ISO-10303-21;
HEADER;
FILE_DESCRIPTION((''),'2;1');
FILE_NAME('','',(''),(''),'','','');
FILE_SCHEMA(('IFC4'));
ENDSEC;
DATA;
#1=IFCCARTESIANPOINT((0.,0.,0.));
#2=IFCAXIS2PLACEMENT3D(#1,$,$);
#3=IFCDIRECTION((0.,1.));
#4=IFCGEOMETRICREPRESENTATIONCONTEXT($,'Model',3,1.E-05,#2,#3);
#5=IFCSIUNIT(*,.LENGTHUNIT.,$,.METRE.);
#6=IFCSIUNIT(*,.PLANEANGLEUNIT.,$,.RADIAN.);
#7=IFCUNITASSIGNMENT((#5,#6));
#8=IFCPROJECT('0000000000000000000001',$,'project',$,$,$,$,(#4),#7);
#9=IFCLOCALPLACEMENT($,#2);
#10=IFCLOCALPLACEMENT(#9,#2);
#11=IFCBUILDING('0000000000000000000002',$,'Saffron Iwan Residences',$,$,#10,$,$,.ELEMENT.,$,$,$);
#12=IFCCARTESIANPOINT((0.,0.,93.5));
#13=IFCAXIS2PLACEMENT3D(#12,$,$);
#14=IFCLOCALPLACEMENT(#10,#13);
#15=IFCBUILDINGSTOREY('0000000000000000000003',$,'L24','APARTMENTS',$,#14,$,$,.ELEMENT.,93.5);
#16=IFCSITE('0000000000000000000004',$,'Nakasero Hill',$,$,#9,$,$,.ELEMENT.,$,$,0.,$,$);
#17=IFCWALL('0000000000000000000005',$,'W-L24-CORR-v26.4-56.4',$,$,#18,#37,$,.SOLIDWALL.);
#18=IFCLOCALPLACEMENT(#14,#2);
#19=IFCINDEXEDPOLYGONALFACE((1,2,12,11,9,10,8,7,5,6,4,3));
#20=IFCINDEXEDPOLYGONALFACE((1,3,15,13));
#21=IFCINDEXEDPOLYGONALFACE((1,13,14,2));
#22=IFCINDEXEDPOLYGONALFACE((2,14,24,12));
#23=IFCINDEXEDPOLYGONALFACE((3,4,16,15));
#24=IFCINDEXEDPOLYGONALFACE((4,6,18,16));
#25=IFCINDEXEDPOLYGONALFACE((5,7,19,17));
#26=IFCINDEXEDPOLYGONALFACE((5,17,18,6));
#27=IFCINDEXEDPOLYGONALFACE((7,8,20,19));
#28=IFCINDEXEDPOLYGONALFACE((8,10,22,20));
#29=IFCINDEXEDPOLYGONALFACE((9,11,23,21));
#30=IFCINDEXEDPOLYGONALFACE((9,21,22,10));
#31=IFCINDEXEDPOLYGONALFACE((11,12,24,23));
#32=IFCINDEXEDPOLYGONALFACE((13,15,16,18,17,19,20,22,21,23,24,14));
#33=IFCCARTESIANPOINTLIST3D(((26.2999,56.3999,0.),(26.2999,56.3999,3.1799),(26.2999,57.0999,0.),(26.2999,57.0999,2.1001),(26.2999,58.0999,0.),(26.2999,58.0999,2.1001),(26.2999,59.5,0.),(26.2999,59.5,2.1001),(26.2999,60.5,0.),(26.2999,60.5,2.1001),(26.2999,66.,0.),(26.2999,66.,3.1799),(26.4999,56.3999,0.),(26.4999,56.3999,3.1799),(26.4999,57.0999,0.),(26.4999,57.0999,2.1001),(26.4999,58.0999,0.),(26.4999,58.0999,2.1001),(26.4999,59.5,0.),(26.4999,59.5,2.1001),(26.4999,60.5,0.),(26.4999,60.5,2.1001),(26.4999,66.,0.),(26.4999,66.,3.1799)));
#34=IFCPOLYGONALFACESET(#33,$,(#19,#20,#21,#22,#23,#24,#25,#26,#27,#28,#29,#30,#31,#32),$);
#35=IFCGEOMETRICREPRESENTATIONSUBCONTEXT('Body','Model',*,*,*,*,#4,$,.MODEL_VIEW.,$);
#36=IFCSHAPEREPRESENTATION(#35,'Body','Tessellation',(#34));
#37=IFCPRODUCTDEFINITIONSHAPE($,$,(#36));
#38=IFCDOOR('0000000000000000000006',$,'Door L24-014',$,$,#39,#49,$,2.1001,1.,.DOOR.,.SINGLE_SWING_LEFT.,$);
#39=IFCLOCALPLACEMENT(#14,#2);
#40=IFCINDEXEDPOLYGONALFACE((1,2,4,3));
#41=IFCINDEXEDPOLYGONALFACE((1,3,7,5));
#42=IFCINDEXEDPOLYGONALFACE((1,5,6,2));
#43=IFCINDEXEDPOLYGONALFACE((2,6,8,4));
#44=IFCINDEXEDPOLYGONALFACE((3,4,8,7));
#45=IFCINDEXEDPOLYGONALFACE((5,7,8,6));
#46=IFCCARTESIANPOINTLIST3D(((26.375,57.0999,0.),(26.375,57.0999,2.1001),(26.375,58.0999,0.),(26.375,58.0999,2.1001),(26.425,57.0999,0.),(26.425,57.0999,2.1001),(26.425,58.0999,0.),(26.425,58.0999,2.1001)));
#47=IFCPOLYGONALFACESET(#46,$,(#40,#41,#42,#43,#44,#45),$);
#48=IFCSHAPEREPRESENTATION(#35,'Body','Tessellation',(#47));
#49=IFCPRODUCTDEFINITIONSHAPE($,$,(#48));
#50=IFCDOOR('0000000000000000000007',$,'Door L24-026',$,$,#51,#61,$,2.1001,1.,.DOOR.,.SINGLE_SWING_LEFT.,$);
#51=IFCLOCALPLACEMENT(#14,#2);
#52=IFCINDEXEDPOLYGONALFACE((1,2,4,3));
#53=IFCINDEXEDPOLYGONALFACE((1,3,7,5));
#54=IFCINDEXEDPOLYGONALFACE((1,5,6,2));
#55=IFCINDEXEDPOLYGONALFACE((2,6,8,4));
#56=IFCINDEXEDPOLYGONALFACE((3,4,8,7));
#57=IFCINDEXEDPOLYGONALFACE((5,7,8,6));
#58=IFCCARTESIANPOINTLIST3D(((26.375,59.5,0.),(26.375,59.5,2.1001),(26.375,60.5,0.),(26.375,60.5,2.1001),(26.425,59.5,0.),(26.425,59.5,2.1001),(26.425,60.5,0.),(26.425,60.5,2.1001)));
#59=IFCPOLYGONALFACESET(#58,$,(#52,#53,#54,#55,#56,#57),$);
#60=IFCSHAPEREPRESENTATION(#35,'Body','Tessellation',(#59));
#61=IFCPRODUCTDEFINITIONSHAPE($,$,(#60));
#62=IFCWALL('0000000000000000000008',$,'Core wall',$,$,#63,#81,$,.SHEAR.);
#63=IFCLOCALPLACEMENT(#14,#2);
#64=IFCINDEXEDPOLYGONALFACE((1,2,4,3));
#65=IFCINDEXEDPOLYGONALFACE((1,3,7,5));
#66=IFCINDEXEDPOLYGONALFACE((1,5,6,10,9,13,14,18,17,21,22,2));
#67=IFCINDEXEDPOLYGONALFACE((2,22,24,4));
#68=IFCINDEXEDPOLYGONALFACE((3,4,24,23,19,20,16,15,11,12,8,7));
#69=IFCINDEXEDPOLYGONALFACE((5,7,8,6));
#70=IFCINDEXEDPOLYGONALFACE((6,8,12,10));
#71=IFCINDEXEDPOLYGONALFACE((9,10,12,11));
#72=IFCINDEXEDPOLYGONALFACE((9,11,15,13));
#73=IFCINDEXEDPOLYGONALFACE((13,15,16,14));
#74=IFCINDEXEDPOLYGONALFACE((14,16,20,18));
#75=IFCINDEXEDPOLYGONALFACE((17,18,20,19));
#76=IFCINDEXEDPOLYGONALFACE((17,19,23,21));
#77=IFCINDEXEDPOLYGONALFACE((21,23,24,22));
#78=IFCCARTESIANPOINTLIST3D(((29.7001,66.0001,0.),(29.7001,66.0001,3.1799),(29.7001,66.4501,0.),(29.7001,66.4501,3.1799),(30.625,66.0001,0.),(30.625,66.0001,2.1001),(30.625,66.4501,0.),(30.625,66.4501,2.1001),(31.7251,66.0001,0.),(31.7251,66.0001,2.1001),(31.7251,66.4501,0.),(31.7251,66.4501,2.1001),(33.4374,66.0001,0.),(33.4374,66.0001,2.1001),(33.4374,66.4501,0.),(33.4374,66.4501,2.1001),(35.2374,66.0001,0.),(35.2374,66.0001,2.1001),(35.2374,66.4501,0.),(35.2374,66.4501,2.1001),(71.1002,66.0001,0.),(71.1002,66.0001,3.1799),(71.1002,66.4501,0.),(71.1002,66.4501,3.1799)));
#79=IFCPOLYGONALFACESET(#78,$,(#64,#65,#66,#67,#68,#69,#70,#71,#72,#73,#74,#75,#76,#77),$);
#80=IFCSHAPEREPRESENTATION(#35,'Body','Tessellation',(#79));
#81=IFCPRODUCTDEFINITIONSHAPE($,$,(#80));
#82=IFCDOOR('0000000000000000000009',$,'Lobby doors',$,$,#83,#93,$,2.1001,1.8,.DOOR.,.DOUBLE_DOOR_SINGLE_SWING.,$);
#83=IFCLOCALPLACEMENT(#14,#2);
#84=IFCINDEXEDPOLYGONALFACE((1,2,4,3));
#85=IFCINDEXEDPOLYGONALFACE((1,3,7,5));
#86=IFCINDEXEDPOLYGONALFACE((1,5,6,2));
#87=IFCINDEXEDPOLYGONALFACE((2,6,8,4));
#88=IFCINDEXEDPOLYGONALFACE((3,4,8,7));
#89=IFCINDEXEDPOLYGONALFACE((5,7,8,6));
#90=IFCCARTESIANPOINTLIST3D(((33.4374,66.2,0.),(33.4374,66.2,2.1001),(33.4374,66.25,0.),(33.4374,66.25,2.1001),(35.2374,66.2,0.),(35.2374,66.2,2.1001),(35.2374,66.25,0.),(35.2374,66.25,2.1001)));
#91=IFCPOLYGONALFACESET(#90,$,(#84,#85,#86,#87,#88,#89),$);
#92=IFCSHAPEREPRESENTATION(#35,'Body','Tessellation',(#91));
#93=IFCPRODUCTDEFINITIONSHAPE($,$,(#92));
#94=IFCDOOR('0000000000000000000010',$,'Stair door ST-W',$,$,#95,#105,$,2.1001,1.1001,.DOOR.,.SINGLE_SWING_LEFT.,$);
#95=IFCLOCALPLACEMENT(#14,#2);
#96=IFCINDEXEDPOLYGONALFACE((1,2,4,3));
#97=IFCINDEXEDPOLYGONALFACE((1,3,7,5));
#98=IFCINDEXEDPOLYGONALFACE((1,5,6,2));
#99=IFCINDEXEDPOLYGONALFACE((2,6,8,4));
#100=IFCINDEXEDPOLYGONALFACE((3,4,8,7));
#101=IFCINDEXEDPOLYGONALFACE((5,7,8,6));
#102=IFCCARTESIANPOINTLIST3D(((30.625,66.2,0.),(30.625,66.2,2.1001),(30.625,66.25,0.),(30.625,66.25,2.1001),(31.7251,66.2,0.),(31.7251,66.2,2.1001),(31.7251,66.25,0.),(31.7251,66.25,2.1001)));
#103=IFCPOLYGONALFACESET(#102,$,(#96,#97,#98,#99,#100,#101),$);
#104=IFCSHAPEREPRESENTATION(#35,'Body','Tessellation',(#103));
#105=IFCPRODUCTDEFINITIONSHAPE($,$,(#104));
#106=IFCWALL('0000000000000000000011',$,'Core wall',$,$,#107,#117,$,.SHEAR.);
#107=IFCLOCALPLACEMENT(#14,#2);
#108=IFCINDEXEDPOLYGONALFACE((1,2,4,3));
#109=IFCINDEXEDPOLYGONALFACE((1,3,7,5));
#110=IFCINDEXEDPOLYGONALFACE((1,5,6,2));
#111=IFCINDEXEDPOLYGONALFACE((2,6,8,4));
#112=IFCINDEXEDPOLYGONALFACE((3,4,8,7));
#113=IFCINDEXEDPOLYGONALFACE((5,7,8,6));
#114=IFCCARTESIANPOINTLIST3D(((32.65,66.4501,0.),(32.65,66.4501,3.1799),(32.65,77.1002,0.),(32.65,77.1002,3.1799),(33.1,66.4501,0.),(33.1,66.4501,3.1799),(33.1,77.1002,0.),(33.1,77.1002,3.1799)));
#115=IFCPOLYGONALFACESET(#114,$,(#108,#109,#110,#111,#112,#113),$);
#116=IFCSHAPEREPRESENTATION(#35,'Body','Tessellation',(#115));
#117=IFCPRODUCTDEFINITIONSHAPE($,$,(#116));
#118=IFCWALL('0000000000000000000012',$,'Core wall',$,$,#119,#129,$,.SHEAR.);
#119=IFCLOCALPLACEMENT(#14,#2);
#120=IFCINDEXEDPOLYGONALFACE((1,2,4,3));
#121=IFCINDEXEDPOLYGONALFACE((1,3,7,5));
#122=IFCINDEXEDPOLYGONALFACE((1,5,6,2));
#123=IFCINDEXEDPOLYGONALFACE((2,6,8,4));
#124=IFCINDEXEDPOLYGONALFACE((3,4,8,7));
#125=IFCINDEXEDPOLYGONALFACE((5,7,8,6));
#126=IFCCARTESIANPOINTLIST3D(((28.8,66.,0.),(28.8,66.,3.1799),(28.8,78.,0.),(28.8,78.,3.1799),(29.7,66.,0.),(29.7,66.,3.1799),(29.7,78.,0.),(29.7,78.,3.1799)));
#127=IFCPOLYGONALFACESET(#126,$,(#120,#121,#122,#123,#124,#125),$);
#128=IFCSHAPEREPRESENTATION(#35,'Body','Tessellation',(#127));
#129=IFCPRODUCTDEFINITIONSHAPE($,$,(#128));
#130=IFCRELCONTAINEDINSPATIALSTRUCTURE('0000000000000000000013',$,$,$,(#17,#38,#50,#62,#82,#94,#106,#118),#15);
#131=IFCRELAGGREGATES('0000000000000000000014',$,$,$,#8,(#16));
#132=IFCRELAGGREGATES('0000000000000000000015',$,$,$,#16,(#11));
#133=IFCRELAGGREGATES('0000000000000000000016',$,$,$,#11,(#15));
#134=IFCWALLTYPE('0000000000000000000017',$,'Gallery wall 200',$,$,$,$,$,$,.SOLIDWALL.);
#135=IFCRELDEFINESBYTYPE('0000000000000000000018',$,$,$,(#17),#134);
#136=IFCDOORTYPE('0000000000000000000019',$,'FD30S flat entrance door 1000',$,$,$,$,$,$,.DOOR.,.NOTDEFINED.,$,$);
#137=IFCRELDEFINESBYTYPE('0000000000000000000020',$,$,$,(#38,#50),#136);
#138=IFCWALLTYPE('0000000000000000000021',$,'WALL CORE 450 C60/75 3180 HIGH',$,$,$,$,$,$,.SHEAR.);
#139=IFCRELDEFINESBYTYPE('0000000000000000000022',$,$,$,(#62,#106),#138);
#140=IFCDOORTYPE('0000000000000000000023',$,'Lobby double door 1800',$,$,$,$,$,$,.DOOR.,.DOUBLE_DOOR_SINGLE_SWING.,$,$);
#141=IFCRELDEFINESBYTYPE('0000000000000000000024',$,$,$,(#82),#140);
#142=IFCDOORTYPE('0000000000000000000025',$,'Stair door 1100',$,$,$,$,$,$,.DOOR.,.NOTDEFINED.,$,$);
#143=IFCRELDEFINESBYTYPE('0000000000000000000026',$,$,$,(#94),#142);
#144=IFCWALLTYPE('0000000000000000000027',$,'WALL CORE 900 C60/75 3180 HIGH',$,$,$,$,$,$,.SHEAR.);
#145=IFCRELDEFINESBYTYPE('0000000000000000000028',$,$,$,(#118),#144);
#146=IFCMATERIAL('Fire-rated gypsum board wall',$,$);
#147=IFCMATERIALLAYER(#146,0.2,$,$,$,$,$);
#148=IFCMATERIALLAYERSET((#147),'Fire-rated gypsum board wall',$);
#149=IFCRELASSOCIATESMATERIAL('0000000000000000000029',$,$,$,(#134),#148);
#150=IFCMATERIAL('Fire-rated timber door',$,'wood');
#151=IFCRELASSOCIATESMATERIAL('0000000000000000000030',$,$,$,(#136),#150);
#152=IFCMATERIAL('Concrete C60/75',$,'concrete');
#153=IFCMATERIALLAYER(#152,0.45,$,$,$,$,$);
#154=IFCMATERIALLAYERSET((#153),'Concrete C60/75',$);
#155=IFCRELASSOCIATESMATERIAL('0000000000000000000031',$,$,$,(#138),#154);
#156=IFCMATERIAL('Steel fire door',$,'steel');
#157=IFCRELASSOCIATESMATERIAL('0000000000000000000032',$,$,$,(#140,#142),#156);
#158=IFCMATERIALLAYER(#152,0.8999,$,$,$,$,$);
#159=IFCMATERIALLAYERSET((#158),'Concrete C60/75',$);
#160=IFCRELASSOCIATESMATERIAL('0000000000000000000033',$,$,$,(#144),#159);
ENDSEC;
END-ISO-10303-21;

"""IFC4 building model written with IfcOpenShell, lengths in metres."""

from ifc_helpers import new_model, si_unit, direction, frame, frame_2d, origin, place, context, subcontext, project, spatial, rectangle, extrude, material, layer, layer_set, type_object, element, fill, save


model = new_model("IFC4")

# Units and contexts
model_context = context("Model", 3, precision=1e-05, world=origin(), true_north=direction((0.0, 1.0)))
body_context = subcontext(model_context, "Body", "Model", "MODEL_VIEW")
ifc_project = project(units=[si_unit("LENGTHUNIT", "METRE"), si_unit("PLANEANGLEUNIT", "RADIAN")], contexts=[model_context])

# Site, building, storey
site_placement = place(None, origin())
site = spatial("IfcSite", under=ifc_project, at=site_placement, Name="Nakasero Hill", CompositionType="ELEMENT", RefElevation=0.0)
building_placement = place(site_placement, origin())
building = spatial("IfcBuilding", under=site, at=building_placement, Name="Saffron Iwan Residences", CompositionType="ELEMENT")
storey_placement = place(building_placement, frame((0.0, 0.0, 93.5)))
storey = spatial("IfcBuildingStorey", under=building, at=storey_placement, Name="L24", Description="APARTMENTS", CompositionType="ELEMENT", Elevation=93.5)

# Shared definitions
ifc_material_1 = material(Name="Concrete C60/75", Category="concrete")

# Shared definitions
ifc_material_2 = material(Name="Fire-rated gypsum board wall")
ifc_layer_1 = layer(ifc_material_2, 0.2)
ifc_layer_set_1 = layer_set([ifc_layer_1], Name="Fire-rated gypsum board wall")
wall_type_1 = type_object("IfcWallType", Name="Gallery wall 200", PredefinedType="SOLIDWALL", material=ifc_layer_set_1)

# Walls, openings, doors
wall_1_placement = place(storey_placement, frame((26.3999, 56.3999, 0.0), z_axis=(0.0, 0.0, 1.0), x_axis=(0.0, 1.0, 0.0)))
wall_1 = element("IfcWall", 1, at=wall_1_placement, inside=storey, type_object=wall_type_1, Name="W-L24-CORR-v26.4-56.4", PredefinedType="SOLIDWALL", context=body_context, shape_type="SweptSolid", body=[
    extrude(rectangle(XDim=9.6001, YDim=0.2, at=frame_2d((4.8, 0.0))), origin(), (0.0, 0.0, 1.0), 3.1799),
])
opening_1_placement = place(wall_1_placement, frame((0.7, 0.0, 0.0)))
opening_1 = element("IfcOpeningElement", 2, at=opening_1_placement, cuts=wall_1, PredefinedType="OPENING", context=body_context, shape_type="SweptSolid", body=[
    extrude(rectangle(XDim=1.0, YDim=2.1001, at=frame_2d((0.5, 1.05))), frame((0.0, 0.1099, 0.0), z_axis=(0.0, -1.0, 0.0), x_axis=(1.0, 0.0, 0.0)), (0.0, 0.0, 1.0), 0.22),
])
opening_2_placement = place(wall_1_placement, frame((3.1001, 0.0, 0.0)))
opening_2 = element("IfcOpeningElement", 3, at=opening_2_placement, cuts=wall_1, PredefinedType="OPENING", context=body_context, shape_type="SweptSolid", body=[
    extrude(rectangle(XDim=1.0, YDim=2.1001, at=frame_2d((0.5, 1.05))), frame((0.0, 0.1099, 0.0), z_axis=(0.0, -1.0, 0.0), x_axis=(1.0, 0.0, 0.0)), (0.0, 0.0, 1.0), 0.22),
])
ifc_material_3 = material(Name="Fire-rated timber door", Category="wood")
door_type_1 = type_object("IfcDoorType", Name="FD30S flat entrance door 1000", OperationType="NOTDEFINED", PredefinedType="DOOR", material=ifc_material_3)
door_1_placement = place(opening_1_placement, origin())
door_1 = element("IfcDoor", 4, at=door_1_placement, inside=storey, type_object=door_type_1, Name="Door L24-014", OperationType="SINGLE_SWING_LEFT", OverallHeight=2.1001, OverallWidth=1.0, PredefinedType="DOOR", context=body_context, shape_type="SweptSolid", body=[
    extrude(rectangle(XDim=1.0, YDim=2.1001, at=frame_2d((0.5, 1.05))), frame((0.0, 0.0249, 0.0), z_axis=(0.0, -1.0, 0.0), x_axis=(1.0, 0.0, 0.0)), (0.0, 0.0, 1.0), 0.05),
])
fill(opening_1, door_1)
door_2_placement = place(opening_2_placement, origin())
door_2 = element("IfcDoor", 5, at=door_2_placement, inside=storey, type_object=door_type_1, Name="Door L24-026", OperationType="SINGLE_SWING_LEFT", OverallHeight=2.1001, OverallWidth=1.0, PredefinedType="DOOR", context=body_context, shape_type="SweptSolid", body=[
    extrude(rectangle(XDim=1.0, YDim=2.1001, at=frame_2d((0.5, 1.05))), frame((0.0, 0.0249, 0.0), z_axis=(0.0, -1.0, 0.0), x_axis=(1.0, 0.0, 0.0)), (0.0, 0.0, 1.0), 0.05),
])
fill(opening_2, door_2)
ifc_layer_2 = layer(ifc_material_1, 0.45)
ifc_layer_set_2 = layer_set([ifc_layer_2], Name="Concrete C60/75")
wall_type_2 = type_object("IfcWallType", Name="WALL CORE 450 C60/75 3180 HIGH", PredefinedType="SHEAR", material=ifc_layer_set_2)
wall_2_placement = place(storey_placement, frame((29.7, 66.2251, 0.0), z_axis=(0.0, 0.0, 1.0), x_axis=(1.0, 0.0, 0.0)))
wall_2 = element("IfcWall", 6, at=wall_2_placement, inside=storey, type_object=wall_type_2, Name="Core wall", PredefinedType="SHEAR", context=body_context, shape_type="SweptSolid", body=[
    extrude(rectangle(XDim=41.4001, YDim=0.45, at=frame_2d((20.7002, 0.0))), origin(), (0.0, 0.0, 1.0), 3.1799),
])
opening_3_placement = place(wall_2_placement, frame((0.925, 0.0, 0.0)))
opening_3 = element("IfcOpeningElement", 7, at=opening_3_placement, cuts=wall_2, PredefinedType="OPENING", context=body_context, shape_type="SweptSolid", body=[
    extrude(rectangle(XDim=1.1001, YDim=2.1001, at=frame_2d((0.55, 1.05))), frame((0.0, 0.2349, 0.0), z_axis=(0.0, -1.0, 0.0), x_axis=(1.0, 0.0, 0.0)), (0.0, 0.0, 1.0), 0.47),
])
opening_4_placement = place(wall_2_placement, frame((3.7375, 0.0, 0.0)))
opening_4 = element("IfcOpeningElement", 8, at=opening_4_placement, cuts=wall_2, PredefinedType="OPENING", context=body_context, shape_type="SweptSolid", body=[
    extrude(rectangle(XDim=1.8, YDim=2.1001, at=frame_2d((0.8999, 1.05))), frame((0.0, 0.2349, 0.0), z_axis=(0.0, -1.0, 0.0), x_axis=(1.0, 0.0, 0.0)), (0.0, 0.0, 1.0), 0.47),
])
ifc_material_4 = material(Name="Steel fire door", Category="steel")
door_type_2 = type_object("IfcDoorType", Name="Lobby double door 1800", OperationType="DOUBLE_DOOR_SINGLE_SWING", PredefinedType="DOOR", material=ifc_material_4)
door_3_placement = place(opening_4_placement, origin())
door_3 = element("IfcDoor", 9, at=door_3_placement, inside=storey, type_object=door_type_2, Name="Lobby doors", OperationType="DOUBLE_DOOR_SINGLE_SWING", OverallHeight=2.1001, OverallWidth=1.8, PredefinedType="DOOR", context=body_context, shape_type="SweptSolid", body=[
    extrude(rectangle(XDim=1.8, YDim=2.1001, at=frame_2d((0.8999, 1.05))), frame((0.0, 0.0249, 0.0), z_axis=(0.0, -1.0, 0.0), x_axis=(1.0, 0.0, 0.0)), (0.0, 0.0, 1.0), 0.05),
])
fill(opening_4, door_3)
door_type_3 = type_object("IfcDoorType", Name="Stair door 1100", OperationType="NOTDEFINED", PredefinedType="DOOR", material=ifc_material_4)
door_4_placement = place(opening_3_placement, origin())
door_4 = element("IfcDoor", 10, at=door_4_placement, inside=storey, type_object=door_type_3, Name="Stair door ST-W", OperationType="SINGLE_SWING_LEFT", OverallHeight=2.1001, OverallWidth=1.1001, PredefinedType="DOOR", context=body_context, shape_type="SweptSolid", body=[
    extrude(rectangle(XDim=1.1001, YDim=2.1001, at=frame_2d((0.55, 1.05))), frame((0.0, 0.0249, 0.0), z_axis=(0.0, -1.0, 0.0), x_axis=(1.0, 0.0, 0.0)), (0.0, 0.0, 1.0), 0.05),
])
fill(opening_3, door_4)

# Walls
wall_3_placement = place(storey_placement, frame((32.875, 66.45, 0.0), z_axis=(0.0, 0.0, 1.0), x_axis=(0.0, 1.0, 0.0)))
element("IfcWall", 11, at=wall_3_placement, inside=storey, type_object=wall_type_2, Name="Core wall", PredefinedType="SHEAR", context=body_context, shape_type="SweptSolid", body=[
    extrude(rectangle(XDim=10.6501, YDim=0.45, at=frame_2d((5.3252, 0.0))), origin(), (0.0, 0.0, 1.0), 3.1799),
])
ifc_layer_3 = layer(ifc_material_1, 0.8999)
ifc_layer_set_3 = layer_set([ifc_layer_3], Name="Concrete C60/75")
wall_type_3 = type_object("IfcWallType", Name="WALL CORE 900 C60/75 3180 HIGH", PredefinedType="SHEAR", material=ifc_layer_set_3)
wall_4_placement = place(storey_placement, frame((29.25, 66.0, 0.0), z_axis=(0.0, 0.0, 1.0), x_axis=(0.0, 1.0, 0.0)))
element("IfcWall", 12, at=wall_4_placement, inside=storey, type_object=wall_type_3, Name="Core wall", PredefinedType="SHEAR", context=body_context, shape_type="SweptSolid", body=[
    extrude(rectangle(XDim=12.0, YDim=0.8999, at=frame_2d((6.0, 0.0))), origin(), (0.0, 0.0, 1.0), 3.1799),
])

save(model, "model.ifc")
